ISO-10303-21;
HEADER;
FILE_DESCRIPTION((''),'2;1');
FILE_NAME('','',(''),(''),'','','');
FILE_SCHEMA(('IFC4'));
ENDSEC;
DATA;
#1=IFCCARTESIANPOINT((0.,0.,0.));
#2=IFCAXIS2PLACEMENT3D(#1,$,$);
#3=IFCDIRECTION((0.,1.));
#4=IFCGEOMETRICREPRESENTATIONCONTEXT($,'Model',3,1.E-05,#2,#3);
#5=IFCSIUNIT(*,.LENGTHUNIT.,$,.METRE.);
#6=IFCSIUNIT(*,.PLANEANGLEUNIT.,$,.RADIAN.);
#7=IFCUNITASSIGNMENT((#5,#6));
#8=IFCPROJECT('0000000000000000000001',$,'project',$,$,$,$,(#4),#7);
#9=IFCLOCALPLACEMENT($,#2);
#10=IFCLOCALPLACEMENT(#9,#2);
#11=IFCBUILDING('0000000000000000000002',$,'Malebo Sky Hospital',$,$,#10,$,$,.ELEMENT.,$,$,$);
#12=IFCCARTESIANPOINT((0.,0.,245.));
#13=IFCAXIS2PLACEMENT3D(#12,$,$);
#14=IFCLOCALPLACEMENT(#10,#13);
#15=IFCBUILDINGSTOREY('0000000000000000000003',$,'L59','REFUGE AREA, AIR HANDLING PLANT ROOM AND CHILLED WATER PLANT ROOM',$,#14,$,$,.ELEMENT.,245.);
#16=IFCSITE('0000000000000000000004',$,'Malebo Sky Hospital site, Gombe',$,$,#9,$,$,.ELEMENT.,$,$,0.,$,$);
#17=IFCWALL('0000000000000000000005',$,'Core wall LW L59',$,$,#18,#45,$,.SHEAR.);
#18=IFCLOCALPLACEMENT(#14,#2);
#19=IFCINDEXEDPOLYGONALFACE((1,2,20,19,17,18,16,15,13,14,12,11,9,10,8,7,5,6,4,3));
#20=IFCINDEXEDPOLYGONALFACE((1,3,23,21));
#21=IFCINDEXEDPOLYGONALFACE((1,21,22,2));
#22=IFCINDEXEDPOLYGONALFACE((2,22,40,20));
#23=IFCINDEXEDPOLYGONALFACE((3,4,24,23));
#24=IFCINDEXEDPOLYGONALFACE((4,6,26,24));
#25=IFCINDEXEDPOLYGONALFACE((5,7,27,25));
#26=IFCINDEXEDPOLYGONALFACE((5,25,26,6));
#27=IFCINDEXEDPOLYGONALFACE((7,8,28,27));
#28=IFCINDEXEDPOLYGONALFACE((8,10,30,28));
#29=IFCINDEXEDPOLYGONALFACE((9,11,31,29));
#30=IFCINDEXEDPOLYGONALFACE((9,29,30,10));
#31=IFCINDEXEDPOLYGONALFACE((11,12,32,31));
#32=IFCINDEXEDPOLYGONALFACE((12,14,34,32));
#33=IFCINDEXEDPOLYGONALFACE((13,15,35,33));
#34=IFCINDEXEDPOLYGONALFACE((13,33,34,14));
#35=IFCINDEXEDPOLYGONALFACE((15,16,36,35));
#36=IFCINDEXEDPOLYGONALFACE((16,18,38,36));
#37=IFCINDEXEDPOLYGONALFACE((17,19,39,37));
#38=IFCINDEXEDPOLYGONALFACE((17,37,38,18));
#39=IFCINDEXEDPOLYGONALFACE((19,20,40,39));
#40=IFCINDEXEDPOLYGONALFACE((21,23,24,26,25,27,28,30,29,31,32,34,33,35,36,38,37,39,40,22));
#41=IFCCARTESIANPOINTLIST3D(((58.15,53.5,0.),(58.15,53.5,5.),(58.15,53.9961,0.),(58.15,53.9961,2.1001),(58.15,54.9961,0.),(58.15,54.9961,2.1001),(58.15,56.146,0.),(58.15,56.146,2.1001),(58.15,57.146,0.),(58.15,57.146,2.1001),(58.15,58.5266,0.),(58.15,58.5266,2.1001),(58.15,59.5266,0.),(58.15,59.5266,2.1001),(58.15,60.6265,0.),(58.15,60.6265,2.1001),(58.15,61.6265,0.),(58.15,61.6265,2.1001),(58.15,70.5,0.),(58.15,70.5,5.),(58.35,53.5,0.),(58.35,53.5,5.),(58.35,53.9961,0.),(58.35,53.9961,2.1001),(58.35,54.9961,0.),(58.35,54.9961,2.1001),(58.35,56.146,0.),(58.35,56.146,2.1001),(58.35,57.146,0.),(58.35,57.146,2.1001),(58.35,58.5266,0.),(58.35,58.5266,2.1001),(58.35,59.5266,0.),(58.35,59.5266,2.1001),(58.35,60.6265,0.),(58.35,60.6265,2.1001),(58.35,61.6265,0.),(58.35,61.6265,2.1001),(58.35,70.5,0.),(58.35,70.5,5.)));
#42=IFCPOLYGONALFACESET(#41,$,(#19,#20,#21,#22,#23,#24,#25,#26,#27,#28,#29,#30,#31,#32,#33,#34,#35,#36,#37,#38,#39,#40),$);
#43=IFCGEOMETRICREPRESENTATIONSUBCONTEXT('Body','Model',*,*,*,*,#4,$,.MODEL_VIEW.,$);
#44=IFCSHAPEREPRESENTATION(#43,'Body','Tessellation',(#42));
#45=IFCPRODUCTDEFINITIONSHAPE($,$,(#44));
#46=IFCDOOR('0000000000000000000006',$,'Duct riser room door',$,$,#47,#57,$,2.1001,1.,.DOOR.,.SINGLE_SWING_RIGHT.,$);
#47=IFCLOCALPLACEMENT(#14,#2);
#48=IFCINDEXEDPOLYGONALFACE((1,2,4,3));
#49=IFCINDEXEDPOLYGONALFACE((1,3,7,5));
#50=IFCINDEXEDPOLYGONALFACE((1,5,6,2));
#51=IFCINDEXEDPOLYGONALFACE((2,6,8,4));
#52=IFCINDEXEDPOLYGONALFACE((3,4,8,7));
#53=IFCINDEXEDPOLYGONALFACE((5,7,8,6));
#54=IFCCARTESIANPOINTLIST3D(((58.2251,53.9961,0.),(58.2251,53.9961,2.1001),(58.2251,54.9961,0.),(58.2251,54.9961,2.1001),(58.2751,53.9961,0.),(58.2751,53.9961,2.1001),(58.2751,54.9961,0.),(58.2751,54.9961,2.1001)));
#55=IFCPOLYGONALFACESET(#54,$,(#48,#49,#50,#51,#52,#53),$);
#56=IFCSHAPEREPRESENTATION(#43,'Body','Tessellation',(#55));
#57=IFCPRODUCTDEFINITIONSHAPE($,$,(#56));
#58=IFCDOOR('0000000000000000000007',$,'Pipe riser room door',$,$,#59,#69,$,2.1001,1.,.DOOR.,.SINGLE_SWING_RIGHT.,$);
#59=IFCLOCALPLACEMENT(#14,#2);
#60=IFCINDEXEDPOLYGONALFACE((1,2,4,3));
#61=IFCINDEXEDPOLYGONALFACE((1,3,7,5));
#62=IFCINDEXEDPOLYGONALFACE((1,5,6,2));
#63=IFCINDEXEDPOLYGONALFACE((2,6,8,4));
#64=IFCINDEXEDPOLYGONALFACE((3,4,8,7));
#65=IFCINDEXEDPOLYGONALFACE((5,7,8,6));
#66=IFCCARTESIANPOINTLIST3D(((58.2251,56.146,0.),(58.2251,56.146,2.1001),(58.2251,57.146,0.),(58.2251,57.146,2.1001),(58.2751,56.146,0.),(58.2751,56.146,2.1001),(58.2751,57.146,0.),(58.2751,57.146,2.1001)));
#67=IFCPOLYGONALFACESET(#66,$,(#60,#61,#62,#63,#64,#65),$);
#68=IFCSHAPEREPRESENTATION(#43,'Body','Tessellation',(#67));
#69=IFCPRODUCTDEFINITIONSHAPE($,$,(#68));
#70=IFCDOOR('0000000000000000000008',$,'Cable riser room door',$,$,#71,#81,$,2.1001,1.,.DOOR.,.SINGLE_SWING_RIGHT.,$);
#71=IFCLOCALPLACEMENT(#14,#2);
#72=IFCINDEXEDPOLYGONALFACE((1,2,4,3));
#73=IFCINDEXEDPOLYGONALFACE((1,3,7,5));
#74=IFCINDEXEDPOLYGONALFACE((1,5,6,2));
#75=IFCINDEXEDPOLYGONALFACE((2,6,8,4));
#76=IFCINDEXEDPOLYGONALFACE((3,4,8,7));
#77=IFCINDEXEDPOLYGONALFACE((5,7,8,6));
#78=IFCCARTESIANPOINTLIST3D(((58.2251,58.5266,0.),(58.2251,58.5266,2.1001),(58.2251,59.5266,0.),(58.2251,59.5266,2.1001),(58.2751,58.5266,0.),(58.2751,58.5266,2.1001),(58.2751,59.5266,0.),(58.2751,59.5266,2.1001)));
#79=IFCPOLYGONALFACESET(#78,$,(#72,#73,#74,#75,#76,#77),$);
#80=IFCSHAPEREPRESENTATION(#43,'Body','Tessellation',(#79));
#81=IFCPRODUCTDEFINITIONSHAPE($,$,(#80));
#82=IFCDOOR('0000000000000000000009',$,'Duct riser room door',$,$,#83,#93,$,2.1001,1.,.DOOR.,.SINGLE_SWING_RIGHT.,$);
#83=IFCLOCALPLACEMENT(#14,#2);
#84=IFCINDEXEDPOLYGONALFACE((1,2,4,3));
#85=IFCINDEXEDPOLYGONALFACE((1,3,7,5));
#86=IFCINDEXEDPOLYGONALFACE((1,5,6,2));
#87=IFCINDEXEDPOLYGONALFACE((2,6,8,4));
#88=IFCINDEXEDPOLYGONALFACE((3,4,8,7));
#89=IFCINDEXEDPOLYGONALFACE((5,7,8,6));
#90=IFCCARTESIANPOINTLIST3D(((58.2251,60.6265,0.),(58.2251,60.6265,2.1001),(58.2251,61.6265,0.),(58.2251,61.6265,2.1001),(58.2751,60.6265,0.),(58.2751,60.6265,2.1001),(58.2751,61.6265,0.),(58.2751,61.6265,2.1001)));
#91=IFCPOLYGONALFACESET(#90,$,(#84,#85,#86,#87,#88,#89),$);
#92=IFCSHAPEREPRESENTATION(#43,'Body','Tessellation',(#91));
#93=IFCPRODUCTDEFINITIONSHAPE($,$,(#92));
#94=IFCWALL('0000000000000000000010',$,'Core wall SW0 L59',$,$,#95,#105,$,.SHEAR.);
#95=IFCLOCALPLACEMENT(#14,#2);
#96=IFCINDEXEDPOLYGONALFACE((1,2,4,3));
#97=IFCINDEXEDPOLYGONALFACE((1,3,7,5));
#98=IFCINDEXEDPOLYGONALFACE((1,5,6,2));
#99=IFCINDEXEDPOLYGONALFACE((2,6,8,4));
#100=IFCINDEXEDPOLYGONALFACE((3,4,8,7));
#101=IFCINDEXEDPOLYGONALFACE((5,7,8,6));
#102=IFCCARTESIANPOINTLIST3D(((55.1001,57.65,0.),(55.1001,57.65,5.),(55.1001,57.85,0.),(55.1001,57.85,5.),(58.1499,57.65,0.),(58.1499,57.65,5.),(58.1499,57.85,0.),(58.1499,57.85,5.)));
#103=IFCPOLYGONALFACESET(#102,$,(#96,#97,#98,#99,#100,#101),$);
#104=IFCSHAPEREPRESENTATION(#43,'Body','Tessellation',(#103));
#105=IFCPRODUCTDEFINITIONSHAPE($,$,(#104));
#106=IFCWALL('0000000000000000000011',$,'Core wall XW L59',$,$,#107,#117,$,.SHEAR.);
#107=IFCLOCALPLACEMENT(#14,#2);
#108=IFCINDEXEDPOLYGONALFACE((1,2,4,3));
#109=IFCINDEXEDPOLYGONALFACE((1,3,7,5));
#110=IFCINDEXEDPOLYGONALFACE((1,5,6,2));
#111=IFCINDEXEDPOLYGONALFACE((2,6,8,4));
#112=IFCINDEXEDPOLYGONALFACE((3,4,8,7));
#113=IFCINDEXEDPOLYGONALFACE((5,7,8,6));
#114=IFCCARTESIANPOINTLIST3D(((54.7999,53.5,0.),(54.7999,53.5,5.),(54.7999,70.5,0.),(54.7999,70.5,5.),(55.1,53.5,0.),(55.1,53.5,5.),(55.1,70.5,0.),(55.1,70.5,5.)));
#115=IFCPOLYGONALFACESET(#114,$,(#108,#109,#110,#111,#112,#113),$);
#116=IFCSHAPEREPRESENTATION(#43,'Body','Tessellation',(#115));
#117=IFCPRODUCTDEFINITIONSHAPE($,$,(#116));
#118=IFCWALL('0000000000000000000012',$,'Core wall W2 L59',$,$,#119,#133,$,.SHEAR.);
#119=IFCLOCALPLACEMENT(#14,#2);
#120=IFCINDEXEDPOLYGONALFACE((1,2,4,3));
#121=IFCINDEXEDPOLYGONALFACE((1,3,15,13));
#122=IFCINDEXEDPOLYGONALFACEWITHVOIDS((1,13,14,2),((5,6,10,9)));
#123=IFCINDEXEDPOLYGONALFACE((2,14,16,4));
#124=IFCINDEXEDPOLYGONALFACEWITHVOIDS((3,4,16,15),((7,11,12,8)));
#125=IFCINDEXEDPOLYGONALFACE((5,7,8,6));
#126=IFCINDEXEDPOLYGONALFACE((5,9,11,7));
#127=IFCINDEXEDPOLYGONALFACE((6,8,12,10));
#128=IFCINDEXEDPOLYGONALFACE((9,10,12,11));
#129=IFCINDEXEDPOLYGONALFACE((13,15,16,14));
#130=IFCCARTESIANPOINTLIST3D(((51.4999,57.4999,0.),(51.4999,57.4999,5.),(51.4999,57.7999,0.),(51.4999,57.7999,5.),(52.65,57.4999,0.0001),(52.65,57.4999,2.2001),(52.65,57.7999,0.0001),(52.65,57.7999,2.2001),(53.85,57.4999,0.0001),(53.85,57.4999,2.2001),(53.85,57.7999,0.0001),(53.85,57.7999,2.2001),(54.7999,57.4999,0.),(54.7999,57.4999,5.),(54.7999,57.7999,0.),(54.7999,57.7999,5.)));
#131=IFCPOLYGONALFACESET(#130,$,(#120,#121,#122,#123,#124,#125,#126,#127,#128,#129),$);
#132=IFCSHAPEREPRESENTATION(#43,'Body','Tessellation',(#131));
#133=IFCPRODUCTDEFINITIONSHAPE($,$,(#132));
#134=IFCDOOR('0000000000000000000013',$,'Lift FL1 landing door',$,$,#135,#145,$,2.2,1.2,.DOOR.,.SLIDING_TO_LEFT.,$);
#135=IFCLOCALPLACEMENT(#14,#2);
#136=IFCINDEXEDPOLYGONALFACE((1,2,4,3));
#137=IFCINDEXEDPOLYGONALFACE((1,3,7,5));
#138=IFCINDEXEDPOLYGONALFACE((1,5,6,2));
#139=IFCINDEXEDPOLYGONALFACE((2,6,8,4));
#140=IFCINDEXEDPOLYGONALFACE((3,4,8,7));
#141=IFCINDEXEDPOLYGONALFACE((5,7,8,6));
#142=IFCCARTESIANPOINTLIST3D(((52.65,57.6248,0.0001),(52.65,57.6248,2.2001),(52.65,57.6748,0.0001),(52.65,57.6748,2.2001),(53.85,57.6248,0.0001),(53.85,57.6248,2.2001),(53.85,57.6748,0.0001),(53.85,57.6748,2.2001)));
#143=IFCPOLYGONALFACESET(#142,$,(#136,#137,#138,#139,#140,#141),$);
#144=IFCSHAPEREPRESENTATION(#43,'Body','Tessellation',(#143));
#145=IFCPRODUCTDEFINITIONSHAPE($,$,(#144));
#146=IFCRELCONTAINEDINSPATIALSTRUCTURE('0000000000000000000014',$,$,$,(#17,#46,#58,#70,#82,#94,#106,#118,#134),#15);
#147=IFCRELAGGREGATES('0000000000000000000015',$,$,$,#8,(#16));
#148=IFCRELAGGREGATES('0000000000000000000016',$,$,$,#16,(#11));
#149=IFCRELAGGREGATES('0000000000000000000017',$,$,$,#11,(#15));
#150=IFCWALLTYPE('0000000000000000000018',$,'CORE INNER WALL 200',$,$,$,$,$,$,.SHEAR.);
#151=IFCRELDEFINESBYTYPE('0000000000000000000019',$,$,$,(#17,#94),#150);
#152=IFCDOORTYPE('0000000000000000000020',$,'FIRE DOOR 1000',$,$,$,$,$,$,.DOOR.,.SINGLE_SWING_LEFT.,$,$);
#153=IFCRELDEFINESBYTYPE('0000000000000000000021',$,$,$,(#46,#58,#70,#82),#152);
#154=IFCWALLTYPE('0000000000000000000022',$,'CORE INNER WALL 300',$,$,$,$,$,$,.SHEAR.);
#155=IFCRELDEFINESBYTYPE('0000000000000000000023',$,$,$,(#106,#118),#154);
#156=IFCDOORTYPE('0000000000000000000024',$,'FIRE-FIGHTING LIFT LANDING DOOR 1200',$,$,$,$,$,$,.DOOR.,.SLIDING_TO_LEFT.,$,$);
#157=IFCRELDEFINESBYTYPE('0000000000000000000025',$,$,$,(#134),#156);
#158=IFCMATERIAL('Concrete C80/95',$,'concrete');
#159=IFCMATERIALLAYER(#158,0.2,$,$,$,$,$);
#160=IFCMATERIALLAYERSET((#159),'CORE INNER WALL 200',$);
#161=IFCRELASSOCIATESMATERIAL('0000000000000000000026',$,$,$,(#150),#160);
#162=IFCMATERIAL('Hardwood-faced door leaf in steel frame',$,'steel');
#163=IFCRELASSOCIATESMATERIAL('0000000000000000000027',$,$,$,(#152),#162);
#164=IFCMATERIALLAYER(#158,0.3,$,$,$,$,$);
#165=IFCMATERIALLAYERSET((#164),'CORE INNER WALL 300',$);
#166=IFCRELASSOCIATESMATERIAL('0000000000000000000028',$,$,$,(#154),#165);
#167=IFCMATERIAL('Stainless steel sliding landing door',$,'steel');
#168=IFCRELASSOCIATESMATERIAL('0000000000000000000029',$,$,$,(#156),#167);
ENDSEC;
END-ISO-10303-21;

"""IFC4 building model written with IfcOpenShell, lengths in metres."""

from ifc_helpers import new_model, si_unit, direction, frame, frame_2d, origin, place, context, subcontext, project, spatial, rectangle, extrude, material, layer, layer_set, type_object, element, fill, save


model = new_model("IFC4")

# Units and contexts
model_context = context("Model", 3, precision=1e-05, world=origin(), true_north=direction((0.0, 1.0)))
body_context = subcontext(model_context, "Body", "Model", "MODEL_VIEW")
ifc_project = project(units=[si_unit("LENGTHUNIT", "METRE"), si_unit("PLANEANGLEUNIT", "RADIAN")], contexts=[model_context])

# Site, building, storey
site_placement = place(None, origin())
site = spatial("IfcSite", under=ifc_project, at=site_placement, Name="Malebo Sky Hospital site, Gombe", CompositionType="ELEMENT", RefElevation=0.0)
building_placement = place(site_placement, origin())
building = spatial("IfcBuilding", under=site, at=building_placement, Name="Malebo Sky Hospital", CompositionType="ELEMENT")
storey_placement = place(building_placement, frame((0.0, 0.0, 245.0)))
storey = spatial("IfcBuildingStorey", under=building, at=storey_placement, Name="L59", Description="REFUGE AREA, AIR HANDLING PLANT ROOM AND CHILLED WATER PLANT ROOM", CompositionType="ELEMENT", Elevation=245.0)

# Wall, openings, doors
ifc_material_1 = material(Name="Concrete C80/95", Category="concrete")
ifc_layer_1 = layer(ifc_material_1, 0.2)
ifc_layer_set_1 = layer_set([ifc_layer_1], Name="CORE INNER WALL 200")
wall_type_1 = type_object("IfcWallType", Name="CORE INNER WALL 200", PredefinedType="SHEAR", material=ifc_layer_set_1)
wall_1_placement = place(storey_placement, frame((58.25, 53.5, 0.0), z_axis=(0.0, 0.0, 1.0), x_axis=(0.0, 1.0, 0.0)))
wall_1 = element("IfcWall", 1, at=wall_1_placement, inside=storey, type_object=wall_type_1, Name="Core wall LW L59", PredefinedType="SHEAR", context=body_context, shape_type="SweptSolid", body=[
    extrude(rectangle(XDim=17.0, YDim=0.2, at=frame_2d((8.5, 0.0))), origin(), (0.0, 0.0, 1.0), 5.0),
])
opening_1_placement = place(wall_1_placement, frame((0.4961, 0.0, 0.0)))
opening_1 = element("IfcOpeningElement", 2, at=opening_1_placement, cuts=wall_1, PredefinedType="OPENING", context=body_context, shape_type="SweptSolid", body=[
    extrude(rectangle(XDim=1.0, YDim=2.1001, at=frame_2d((0.5, 1.05))), frame((0.0, 0.1099, 0.0), z_axis=(0.0, -1.0, 0.0), x_axis=(1.0, 0.0, 0.0)), (0.0, 0.0, 1.0), 0.22),
])
opening_2_placement = place(wall_1_placement, frame((2.646, 0.0, 0.0)))
opening_2 = element("IfcOpeningElement", 3, at=opening_2_placement, cuts=wall_1, PredefinedType="OPENING", context=body_context, shape_type="SweptSolid", body=[
    extrude(rectangle(XDim=1.0, YDim=2.1001, at=frame_2d((0.5, 1.05))), frame((0.0, 0.1099, 0.0), z_axis=(0.0, -1.0, 0.0), x_axis=(1.0, 0.0, 0.0)), (0.0, 0.0, 1.0), 0.22),
])
opening_3_placement = place(wall_1_placement, frame((5.0266, 0.0, 0.0)))
opening_3 = element("IfcOpeningElement", 4, at=opening_3_placement, cuts=wall_1, PredefinedType="OPENING", context=body_context, shape_type="SweptSolid", body=[
    extrude(rectangle(XDim=1.0, YDim=2.1001, at=frame_2d((0.5, 1.05))), frame((0.0, 0.1099, 0.0), z_axis=(0.0, -1.0, 0.0), x_axis=(1.0, 0.0, 0.0)), (0.0, 0.0, 1.0), 0.22),
])
opening_4_placement = place(wall_1_placement, frame((7.1265, 0.0, 0.0)))
opening_4 = element("IfcOpeningElement", 5, at=opening_4_placement, cuts=wall_1, PredefinedType="OPENING", context=body_context, shape_type="SweptSolid", body=[
    extrude(rectangle(XDim=1.0, YDim=2.1001, at=frame_2d((0.5, 1.05))), frame((0.0, 0.1099, 0.0), z_axis=(0.0, -1.0, 0.0), x_axis=(1.0, 0.0, 0.0)), (0.0, 0.0, 1.0), 0.22),
])
ifc_material_2 = material(Name="Hardwood-faced door leaf in steel frame", Category="steel")
door_type_1 = type_object("IfcDoorType", Name="FIRE DOOR 1000", OperationType="SINGLE_SWING_LEFT", PredefinedType="DOOR", material=ifc_material_2)
door_1_placement = place(opening_1_placement, origin())
door_1 = element("IfcDoor", 6, at=door_1_placement, inside=storey, type_object=door_type_1, Name="Duct riser room door", OperationType="SINGLE_SWING_RIGHT", OverallHeight=2.1001, OverallWidth=1.0, PredefinedType="DOOR", context=body_context, shape_type="SweptSolid", body=[
    extrude(rectangle(XDim=1.0, YDim=2.1001, at=frame_2d((0.5, 1.05))), frame((0.0, 0.0249, 0.0), z_axis=(0.0, -1.0, 0.0), x_axis=(1.0, 0.0, 0.0)), (0.0, 0.0, 1.0), 0.05),
])
fill(opening_1, door_1)
door_2_placement = place(opening_2_placement, origin())
door_2 = element("IfcDoor", 7, at=door_2_placement, inside=storey, type_object=door_type_1, Name="Pipe riser room door", OperationType="SINGLE_SWING_RIGHT", OverallHeight=2.1001, OverallWidth=1.0, PredefinedType="DOOR", context=body_context, shape_type="SweptSolid", body=[
    extrude(rectangle(XDim=1.0, YDim=2.1001, at=frame_2d((0.5, 1.05))), frame((0.0, 0.0249, 0.0), z_axis=(0.0, -1.0, 0.0), x_axis=(1.0, 0.0, 0.0)), (0.0, 0.0, 1.0), 0.05),
])
fill(opening_2, door_2)
door_3_placement = place(opening_3_placement, origin())
door_3 = element("IfcDoor", 8, at=door_3_placement, inside=storey, type_object=door_type_1, Name="Cable riser room door", OperationType="SINGLE_SWING_RIGHT", OverallHeight=2.1001, OverallWidth=1.0, PredefinedType="DOOR", context=body_context, shape_type="SweptSolid", body=[
    extrude(rectangle(XDim=1.0, YDim=2.1001, at=frame_2d((0.5, 1.05))), frame((0.0, 0.0249, 0.0), z_axis=(0.0, -1.0, 0.0), x_axis=(1.0, 0.0, 0.0)), (0.0, 0.0, 1.0), 0.05),
])
fill(opening_3, door_3)
door_4_placement = place(opening_4_placement, origin())
door_4 = element("IfcDoor", 9, at=door_4_placement, inside=storey, type_object=door_type_1, Name="Duct riser room door", OperationType="SINGLE_SWING_RIGHT", OverallHeight=2.1001, OverallWidth=1.0, PredefinedType="DOOR", context=body_context, shape_type="SweptSolid", body=[
    extrude(rectangle(XDim=1.0, YDim=2.1001, at=frame_2d((0.5, 1.05))), frame((0.0, 0.0249, 0.0), z_axis=(0.0, -1.0, 0.0), x_axis=(1.0, 0.0, 0.0)), (0.0, 0.0, 1.0), 0.05),
])
fill(opening_4, door_4)

# Walls
wall_2_placement = place(storey_placement, frame((55.1001, 57.75, 0.0), z_axis=(0.0, 0.0, 1.0), x_axis=(1.0, 0.0, 0.0)))
element("IfcWall", 10, at=wall_2_placement, inside=storey, type_object=wall_type_1, Name="Core wall SW0 L59", PredefinedType="SHEAR", context=body_context, shape_type="SweptSolid", body=[
    extrude(rectangle(XDim=3.0498, YDim=0.2, at=frame_2d((1.5249, 0.0))), origin(), (0.0, 0.0, 1.0), 5.0),
])
ifc_layer_2 = layer(ifc_material_1, 0.3)
ifc_layer_set_2 = layer_set([ifc_layer_2], Name="CORE INNER WALL 300")
wall_type_2 = type_object("IfcWallType", Name="CORE INNER WALL 300", PredefinedType="SHEAR", material=ifc_layer_set_2)
wall_3_placement = place(storey_placement, frame((54.95, 53.5, 0.0), z_axis=(0.0, 0.0, 1.0), x_axis=(0.0, 1.0, 0.0)))
element("IfcWall", 11, at=wall_3_placement, inside=storey, type_object=wall_type_2, Name="Core wall XW L59", PredefinedType="SHEAR", context=body_context, shape_type="SweptSolid", body=[
    extrude(rectangle(XDim=17.0, YDim=0.3, at=frame_2d((8.5, 0.0))), origin(), (0.0, 0.0, 1.0), 5.0),
])

# Wall, opening, door
wall_4_placement = place(storey_placement, frame((51.5, 57.6499, 0.0), z_axis=(0.0, 0.0, 1.0), x_axis=(1.0, 0.0, 0.0)))
wall_4 = element("IfcWall", 12, at=wall_4_placement, inside=storey, type_object=wall_type_2, Name="Core wall W2 L59", PredefinedType="SHEAR", context=body_context, shape_type="SweptSolid", body=[
    extrude(rectangle(XDim=3.3, YDim=0.3, at=frame_2d((1.6499, 0.0))), origin(), (0.0, 0.0, 1.0), 5.0),
])
opening_5_placement = place(wall_4_placement, frame((1.1499, 0.0, 0.0)))
opening_5 = element("IfcOpeningElement", 13, at=opening_5_placement, cuts=wall_4, PredefinedType="OPENING", context=body_context, shape_type="SweptSolid", body=[
    extrude(rectangle(XDim=1.2, YDim=2.2, at=frame_2d((0.6001, 1.1001))), frame((0.0, 0.1599, 0.0), z_axis=(0.0, -1.0, 0.0), x_axis=(1.0, 0.0, 0.0)), (0.0, 0.0, 1.0), 0.3201),
])
ifc_material_3 = material(Name="Stainless steel sliding landing door", Category="steel")
door_type_2 = type_object("IfcDoorType", Name="FIRE-FIGHTING LIFT LANDING DOOR 1200", OperationType="SLIDING_TO_LEFT", PredefinedType="DOOR", material=ifc_material_3)
door_5_placement = place(opening_5_placement, origin())
door_5 = element("IfcDoor", 14, at=door_5_placement, inside=storey, type_object=door_type_2, Name="Lift FL1 landing door", OperationType="SLIDING_TO_LEFT", OverallHeight=2.2, OverallWidth=1.2, PredefinedType="DOOR", context=body_context, shape_type="SweptSolid", body=[
    extrude(rectangle(XDim=1.2, YDim=2.2, at=frame_2d((0.6001, 1.1001))), frame((0.0, 0.0249, 0.0), z_axis=(0.0, -1.0, 0.0), x_axis=(1.0, 0.0, 0.0)), (0.0, 0.0, 1.0), 0.05),
])
fill(opening_5, door_5)

save(model, "model.ifc")
